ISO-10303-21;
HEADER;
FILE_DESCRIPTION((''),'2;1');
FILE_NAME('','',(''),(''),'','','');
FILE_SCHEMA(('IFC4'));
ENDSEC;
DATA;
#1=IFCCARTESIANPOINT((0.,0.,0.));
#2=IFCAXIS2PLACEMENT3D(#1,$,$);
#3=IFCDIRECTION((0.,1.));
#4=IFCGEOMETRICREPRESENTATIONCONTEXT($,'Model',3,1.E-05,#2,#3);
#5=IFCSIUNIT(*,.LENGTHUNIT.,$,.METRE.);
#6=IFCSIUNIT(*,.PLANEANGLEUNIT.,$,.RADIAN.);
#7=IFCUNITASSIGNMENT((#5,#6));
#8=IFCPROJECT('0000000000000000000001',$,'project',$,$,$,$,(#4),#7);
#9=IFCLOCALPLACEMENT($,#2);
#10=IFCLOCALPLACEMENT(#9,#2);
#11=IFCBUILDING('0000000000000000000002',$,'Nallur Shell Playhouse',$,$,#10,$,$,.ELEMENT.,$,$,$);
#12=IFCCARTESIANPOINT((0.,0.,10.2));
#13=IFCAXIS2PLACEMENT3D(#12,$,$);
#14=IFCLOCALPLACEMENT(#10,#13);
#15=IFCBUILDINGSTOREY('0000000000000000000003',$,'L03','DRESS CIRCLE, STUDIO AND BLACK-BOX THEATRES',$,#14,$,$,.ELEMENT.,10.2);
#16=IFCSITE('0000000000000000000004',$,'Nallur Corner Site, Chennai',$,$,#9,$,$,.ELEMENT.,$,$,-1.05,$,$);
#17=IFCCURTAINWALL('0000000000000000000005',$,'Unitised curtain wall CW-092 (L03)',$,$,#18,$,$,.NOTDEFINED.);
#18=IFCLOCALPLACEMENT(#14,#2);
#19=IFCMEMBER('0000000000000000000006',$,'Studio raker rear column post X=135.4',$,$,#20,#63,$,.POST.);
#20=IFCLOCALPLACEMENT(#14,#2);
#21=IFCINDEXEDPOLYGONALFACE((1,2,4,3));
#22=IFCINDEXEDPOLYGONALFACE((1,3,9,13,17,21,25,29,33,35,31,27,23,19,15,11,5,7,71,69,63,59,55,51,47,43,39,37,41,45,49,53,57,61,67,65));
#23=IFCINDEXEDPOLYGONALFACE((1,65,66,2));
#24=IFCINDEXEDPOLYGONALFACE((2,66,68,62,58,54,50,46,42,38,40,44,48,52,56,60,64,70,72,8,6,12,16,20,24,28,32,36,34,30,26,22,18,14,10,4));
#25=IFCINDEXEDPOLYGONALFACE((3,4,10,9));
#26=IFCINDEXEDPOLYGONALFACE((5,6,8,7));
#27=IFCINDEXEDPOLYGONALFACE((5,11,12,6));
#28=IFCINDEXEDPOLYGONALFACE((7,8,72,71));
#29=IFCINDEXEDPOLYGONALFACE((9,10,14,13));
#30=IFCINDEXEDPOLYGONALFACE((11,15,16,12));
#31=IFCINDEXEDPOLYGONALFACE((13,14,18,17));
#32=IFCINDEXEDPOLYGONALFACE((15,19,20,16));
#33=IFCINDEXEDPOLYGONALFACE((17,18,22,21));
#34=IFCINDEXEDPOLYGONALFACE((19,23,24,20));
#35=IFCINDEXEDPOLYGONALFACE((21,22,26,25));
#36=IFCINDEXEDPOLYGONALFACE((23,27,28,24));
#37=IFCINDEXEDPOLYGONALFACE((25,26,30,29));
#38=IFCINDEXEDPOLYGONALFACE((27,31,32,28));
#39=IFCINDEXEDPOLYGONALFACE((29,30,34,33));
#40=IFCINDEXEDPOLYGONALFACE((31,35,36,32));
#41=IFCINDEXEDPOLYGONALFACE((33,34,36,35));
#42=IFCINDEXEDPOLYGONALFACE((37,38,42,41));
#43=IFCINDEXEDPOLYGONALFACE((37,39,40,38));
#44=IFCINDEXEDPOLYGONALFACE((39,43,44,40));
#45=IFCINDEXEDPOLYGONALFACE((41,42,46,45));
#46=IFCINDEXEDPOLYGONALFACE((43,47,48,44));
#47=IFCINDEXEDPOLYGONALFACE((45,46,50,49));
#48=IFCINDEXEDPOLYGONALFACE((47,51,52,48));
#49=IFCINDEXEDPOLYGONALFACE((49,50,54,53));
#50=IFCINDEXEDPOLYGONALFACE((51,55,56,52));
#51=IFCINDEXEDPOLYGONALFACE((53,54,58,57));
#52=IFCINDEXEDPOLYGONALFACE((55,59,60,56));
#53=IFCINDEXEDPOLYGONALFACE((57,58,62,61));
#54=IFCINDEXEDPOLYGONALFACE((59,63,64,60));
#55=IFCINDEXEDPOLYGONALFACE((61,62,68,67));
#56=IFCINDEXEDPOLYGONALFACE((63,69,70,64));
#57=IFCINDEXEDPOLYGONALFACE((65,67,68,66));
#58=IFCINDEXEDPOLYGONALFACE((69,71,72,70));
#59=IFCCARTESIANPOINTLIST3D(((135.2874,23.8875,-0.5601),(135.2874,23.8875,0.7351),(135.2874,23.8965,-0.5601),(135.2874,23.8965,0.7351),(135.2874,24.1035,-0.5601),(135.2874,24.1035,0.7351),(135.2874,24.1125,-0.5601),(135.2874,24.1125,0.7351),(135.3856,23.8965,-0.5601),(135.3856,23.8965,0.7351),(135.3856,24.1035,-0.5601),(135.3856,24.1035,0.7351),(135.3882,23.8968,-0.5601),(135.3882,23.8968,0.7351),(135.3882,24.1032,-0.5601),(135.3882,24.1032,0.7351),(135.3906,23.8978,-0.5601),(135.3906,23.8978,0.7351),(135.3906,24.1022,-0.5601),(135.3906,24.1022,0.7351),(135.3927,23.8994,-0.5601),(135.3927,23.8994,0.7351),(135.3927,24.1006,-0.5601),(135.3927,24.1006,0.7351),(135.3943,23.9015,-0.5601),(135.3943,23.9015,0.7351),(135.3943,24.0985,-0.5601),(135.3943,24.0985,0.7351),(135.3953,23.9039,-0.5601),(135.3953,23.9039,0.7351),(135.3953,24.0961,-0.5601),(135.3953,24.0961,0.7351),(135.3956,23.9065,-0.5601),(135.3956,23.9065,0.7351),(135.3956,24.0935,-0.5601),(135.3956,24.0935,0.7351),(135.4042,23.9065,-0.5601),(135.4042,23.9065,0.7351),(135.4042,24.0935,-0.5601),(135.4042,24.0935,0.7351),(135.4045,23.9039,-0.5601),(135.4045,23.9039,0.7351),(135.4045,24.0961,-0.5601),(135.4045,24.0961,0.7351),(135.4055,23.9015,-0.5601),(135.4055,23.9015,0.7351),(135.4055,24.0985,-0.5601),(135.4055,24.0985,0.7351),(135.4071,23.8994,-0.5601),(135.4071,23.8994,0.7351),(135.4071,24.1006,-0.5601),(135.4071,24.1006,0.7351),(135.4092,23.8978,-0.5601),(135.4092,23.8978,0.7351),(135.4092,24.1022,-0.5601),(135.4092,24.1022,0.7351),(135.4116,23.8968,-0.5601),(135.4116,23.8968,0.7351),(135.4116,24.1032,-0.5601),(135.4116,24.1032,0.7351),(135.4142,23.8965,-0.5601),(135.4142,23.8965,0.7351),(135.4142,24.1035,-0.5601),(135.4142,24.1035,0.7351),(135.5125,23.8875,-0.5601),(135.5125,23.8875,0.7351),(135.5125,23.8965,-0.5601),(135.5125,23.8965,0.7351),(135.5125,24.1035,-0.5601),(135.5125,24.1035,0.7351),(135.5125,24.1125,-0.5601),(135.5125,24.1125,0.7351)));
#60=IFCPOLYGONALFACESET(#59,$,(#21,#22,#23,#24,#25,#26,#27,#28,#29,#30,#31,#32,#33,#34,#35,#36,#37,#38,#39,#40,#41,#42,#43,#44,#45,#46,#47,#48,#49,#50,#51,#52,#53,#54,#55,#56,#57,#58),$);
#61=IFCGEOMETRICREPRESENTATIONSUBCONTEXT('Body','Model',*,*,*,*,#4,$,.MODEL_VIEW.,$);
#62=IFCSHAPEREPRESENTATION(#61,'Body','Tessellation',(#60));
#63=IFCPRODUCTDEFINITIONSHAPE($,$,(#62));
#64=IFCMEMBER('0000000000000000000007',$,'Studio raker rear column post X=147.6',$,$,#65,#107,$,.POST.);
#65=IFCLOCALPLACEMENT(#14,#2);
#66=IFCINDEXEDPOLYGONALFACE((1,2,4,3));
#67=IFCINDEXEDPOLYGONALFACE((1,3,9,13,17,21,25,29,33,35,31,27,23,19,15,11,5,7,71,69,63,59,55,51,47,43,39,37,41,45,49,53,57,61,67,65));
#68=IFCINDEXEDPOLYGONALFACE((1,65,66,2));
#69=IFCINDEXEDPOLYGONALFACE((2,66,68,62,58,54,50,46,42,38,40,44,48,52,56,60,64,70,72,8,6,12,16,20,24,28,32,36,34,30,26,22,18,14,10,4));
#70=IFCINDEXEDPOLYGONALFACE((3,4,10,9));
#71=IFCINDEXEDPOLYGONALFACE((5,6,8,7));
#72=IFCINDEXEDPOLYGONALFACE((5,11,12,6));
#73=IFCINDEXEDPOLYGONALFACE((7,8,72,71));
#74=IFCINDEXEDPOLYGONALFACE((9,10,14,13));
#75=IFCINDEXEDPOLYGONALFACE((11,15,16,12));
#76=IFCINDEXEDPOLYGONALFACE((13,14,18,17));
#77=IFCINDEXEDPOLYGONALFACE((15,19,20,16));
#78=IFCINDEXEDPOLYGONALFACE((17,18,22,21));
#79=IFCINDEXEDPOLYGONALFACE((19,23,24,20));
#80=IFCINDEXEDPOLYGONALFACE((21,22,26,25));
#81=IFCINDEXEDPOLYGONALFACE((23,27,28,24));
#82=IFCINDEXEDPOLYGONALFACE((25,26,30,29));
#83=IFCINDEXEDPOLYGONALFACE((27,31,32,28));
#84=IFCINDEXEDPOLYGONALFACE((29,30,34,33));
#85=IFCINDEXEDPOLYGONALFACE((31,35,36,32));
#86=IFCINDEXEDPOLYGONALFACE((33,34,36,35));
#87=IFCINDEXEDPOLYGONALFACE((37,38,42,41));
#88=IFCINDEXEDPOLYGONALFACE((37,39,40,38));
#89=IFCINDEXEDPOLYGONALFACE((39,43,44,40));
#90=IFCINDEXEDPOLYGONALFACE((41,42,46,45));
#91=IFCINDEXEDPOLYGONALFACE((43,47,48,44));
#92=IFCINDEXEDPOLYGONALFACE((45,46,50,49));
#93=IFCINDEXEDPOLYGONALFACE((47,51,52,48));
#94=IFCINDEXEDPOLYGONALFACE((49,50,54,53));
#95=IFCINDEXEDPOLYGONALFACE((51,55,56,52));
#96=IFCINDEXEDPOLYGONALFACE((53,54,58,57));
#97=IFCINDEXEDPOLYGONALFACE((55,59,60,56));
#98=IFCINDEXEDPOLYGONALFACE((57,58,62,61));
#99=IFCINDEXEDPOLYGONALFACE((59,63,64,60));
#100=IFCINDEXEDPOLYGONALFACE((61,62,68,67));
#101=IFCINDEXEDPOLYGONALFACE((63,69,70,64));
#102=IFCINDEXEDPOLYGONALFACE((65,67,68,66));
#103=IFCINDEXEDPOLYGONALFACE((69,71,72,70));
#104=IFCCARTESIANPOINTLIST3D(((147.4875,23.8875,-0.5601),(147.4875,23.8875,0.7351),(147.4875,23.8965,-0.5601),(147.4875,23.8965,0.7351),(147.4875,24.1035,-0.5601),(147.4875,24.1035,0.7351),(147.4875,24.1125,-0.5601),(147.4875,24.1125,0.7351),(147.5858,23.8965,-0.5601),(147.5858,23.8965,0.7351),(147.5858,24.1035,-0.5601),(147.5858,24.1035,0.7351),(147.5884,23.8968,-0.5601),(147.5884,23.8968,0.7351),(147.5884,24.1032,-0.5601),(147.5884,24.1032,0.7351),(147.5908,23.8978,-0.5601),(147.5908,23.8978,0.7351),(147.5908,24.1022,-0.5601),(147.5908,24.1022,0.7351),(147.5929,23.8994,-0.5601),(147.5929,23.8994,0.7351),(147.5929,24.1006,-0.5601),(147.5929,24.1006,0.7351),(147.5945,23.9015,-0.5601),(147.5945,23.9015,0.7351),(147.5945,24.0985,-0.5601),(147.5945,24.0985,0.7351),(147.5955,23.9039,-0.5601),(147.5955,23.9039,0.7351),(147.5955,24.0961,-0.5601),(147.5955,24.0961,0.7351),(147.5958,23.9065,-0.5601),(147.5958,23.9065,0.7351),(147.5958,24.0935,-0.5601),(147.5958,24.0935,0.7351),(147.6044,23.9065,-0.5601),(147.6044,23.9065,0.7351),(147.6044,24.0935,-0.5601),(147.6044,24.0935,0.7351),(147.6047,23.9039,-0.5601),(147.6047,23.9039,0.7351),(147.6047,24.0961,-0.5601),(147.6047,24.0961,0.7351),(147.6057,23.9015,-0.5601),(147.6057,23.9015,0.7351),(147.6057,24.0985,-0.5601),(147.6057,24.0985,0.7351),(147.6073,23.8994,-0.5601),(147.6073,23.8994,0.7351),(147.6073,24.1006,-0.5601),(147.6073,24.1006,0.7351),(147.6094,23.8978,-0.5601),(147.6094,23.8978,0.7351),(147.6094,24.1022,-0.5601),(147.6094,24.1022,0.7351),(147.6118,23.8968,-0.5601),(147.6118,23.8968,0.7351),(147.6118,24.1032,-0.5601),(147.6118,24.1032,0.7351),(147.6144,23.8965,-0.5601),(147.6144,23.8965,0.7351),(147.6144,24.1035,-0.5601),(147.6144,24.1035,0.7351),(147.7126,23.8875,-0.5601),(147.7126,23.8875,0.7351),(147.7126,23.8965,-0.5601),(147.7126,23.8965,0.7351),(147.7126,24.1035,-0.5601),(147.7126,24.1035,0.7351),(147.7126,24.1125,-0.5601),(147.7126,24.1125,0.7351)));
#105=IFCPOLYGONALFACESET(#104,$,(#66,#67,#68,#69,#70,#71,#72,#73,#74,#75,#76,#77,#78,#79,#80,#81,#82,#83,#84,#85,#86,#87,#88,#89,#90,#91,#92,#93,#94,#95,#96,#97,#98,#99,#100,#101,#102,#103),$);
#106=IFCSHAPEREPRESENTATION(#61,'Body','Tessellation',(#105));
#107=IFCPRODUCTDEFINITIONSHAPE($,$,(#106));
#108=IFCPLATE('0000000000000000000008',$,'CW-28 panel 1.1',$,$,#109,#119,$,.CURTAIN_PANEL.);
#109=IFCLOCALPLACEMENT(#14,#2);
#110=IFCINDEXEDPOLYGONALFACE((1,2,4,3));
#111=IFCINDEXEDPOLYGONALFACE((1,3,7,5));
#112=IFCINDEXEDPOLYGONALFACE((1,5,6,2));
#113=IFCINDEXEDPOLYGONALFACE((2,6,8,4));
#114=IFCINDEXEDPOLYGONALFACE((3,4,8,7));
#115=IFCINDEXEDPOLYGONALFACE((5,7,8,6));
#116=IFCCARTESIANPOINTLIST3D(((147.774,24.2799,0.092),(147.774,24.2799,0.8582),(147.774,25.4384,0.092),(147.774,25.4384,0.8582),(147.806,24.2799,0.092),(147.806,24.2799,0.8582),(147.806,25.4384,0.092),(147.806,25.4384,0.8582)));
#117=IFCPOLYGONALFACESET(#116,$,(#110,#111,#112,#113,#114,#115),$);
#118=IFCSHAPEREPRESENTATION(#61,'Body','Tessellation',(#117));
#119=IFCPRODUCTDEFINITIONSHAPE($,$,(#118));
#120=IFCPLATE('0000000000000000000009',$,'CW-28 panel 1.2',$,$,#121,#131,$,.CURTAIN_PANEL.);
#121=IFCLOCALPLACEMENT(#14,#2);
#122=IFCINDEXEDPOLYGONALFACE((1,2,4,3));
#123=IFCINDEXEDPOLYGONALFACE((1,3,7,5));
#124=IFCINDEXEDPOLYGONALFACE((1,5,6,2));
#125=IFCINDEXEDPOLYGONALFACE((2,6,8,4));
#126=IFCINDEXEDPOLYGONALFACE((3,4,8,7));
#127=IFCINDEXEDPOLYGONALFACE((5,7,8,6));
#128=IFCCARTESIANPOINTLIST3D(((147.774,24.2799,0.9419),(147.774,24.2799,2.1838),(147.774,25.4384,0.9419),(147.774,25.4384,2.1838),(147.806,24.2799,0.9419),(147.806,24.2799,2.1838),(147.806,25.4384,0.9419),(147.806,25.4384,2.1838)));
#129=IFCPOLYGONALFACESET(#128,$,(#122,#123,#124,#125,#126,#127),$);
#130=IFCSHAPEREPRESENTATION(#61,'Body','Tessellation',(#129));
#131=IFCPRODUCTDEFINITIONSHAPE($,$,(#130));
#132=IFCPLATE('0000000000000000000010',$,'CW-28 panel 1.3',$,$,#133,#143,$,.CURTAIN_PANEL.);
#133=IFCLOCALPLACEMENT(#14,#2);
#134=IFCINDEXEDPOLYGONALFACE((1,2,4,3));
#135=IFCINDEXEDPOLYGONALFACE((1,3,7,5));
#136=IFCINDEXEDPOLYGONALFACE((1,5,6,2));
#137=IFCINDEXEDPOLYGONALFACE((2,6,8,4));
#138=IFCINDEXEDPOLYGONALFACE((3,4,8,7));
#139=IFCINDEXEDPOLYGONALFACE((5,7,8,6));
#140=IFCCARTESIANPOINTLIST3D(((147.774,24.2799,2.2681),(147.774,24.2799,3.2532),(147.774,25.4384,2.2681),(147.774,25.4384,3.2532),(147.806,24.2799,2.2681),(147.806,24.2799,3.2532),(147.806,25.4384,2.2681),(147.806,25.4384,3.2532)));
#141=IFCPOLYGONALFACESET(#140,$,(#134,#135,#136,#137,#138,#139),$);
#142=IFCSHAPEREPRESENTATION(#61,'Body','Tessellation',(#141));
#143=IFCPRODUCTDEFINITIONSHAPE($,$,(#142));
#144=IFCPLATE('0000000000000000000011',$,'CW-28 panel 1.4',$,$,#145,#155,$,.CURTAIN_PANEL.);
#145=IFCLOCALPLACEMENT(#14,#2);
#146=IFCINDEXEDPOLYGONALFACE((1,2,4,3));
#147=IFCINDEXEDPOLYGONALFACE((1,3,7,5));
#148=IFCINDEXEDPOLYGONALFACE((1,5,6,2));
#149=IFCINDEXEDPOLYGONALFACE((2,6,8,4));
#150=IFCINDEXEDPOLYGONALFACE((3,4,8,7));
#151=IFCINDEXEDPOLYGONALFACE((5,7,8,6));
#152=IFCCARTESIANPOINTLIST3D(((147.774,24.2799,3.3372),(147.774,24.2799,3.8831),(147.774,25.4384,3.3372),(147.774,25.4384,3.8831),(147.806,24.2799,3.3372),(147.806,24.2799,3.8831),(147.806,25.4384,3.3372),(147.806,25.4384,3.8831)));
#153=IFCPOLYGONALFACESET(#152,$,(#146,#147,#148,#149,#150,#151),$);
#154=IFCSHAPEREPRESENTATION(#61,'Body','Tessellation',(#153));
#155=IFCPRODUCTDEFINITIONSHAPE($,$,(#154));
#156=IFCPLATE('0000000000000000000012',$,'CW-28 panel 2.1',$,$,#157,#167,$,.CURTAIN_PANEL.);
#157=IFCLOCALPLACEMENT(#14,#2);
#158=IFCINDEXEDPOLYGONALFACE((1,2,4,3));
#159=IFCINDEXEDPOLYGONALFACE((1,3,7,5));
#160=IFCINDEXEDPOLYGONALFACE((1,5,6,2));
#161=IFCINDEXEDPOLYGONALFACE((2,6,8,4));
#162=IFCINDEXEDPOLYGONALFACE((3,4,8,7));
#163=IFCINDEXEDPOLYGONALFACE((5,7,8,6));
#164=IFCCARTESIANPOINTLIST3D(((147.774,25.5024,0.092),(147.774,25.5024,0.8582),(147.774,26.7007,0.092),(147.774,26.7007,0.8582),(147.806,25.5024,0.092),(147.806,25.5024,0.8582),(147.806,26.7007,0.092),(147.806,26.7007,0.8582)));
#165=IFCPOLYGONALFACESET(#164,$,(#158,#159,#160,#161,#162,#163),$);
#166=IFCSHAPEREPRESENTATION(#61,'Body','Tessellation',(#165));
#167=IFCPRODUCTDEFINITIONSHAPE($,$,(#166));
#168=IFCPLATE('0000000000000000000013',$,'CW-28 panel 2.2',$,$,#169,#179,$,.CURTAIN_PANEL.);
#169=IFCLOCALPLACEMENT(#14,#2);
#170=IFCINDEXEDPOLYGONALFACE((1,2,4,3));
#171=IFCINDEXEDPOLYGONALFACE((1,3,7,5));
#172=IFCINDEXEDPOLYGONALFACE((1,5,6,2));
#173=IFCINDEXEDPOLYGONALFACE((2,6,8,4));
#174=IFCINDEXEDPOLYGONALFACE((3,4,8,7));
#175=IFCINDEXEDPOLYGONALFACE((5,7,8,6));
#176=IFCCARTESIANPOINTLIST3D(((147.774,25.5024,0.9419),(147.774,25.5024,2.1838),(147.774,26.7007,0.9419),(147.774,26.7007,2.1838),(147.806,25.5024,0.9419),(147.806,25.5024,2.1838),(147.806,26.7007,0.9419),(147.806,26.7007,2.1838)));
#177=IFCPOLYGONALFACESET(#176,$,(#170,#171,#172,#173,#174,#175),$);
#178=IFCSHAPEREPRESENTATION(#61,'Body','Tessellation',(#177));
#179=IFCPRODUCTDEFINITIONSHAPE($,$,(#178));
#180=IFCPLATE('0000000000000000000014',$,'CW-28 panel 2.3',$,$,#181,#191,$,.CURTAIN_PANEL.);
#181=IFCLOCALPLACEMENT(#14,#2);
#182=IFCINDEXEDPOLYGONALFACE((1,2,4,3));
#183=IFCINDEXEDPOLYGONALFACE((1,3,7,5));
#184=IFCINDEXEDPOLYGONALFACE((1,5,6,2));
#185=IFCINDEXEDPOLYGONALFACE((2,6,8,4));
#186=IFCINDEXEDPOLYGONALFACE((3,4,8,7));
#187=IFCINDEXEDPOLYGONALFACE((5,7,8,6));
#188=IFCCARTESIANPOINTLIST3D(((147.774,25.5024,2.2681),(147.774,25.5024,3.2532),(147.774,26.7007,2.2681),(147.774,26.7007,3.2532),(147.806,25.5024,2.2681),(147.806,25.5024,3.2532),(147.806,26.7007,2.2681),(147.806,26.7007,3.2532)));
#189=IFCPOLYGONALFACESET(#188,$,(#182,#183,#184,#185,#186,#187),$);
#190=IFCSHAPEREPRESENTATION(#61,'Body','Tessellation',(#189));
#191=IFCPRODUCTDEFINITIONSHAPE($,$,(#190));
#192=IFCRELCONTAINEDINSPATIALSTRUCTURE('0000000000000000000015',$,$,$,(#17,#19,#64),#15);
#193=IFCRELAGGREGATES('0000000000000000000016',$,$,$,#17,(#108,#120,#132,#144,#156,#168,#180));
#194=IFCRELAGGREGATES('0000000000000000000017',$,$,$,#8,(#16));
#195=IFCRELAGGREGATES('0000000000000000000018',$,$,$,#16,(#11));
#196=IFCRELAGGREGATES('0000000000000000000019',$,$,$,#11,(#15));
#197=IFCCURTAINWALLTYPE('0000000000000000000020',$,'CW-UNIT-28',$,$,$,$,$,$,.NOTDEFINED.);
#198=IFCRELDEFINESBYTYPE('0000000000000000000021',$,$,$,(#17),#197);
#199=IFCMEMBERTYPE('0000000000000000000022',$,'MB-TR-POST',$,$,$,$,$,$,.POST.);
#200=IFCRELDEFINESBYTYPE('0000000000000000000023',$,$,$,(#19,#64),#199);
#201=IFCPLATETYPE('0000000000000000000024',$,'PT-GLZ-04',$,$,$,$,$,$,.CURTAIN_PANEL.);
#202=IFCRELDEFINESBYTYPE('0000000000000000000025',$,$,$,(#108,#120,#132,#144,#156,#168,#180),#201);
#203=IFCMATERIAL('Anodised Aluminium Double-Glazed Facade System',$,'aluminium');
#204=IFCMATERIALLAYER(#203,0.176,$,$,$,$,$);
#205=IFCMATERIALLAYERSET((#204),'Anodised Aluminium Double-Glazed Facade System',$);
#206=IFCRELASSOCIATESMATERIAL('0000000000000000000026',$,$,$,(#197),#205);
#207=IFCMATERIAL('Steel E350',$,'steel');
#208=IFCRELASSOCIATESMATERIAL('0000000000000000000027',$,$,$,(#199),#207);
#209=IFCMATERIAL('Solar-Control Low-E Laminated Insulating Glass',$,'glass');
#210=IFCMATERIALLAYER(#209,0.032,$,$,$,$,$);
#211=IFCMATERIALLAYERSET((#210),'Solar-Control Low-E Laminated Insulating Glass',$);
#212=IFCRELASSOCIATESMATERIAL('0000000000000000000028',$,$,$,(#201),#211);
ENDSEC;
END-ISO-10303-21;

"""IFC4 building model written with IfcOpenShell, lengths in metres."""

from ifc_helpers import new_model, si_unit, direction, frame, origin, origin_2d, place, context, subcontext, project, spatial, rectangle, i_section, extrude, material, layer, layer_set, material_profile, profile_set, type_object, element, aggregate, save


model = new_model("IFC4")

# Units and contexts
model_context = context("Model", 3, precision=1e-05, world=origin(), true_north=direction((0.0, 1.0)))
body_context = subcontext(model_context, "Body", "Model", "MODEL_VIEW")
ifc_project = project(units=[si_unit("LENGTHUNIT", "METRE"), si_unit("PLANEANGLEUNIT", "RADIAN")], contexts=[model_context])

# Site, building, storey
site_placement = place(None, origin())
site = spatial("IfcSite", under=ifc_project, at=site_placement, Name="Nallur Corner Site, Chennai", CompositionType="ELEMENT", RefElevation=-1.05)
building_placement = place(site_placement, origin())
building = spatial("IfcBuilding", under=site, at=building_placement, Name="Nallur Shell Playhouse", CompositionType="ELEMENT")
storey_placement = place(building_placement, frame((0.0, 0.0, 10.2)))
storey = spatial("IfcBuildingStorey", under=building, at=storey_placement, Name="L03", Description="DRESS CIRCLE, STUDIO AND BLACK-BOX THEATRES", CompositionType="ELEMENT", Elevation=10.2)

# Shared definitions
ifc_material_1 = material(Name="Steel E350", Category="steel")

# Curtain wall
ifc_material_2 = material(Name="Anodised Aluminium Double-Glazed Facade System", Category="aluminium")
ifc_layer_1 = layer(ifc_material_2, 0.176)
ifc_layer_set_1 = layer_set([ifc_layer_1], Name="Anodised Aluminium Double-Glazed Facade System")
curtain_wall_type_1 = type_object("IfcCurtainWallType", Name="CW-UNIT-28", PredefinedType="NOTDEFINED", material=ifc_layer_set_1)
curtain_wall_1_placement = place(storey_placement, origin())
curtain_wall_1 = element("IfcCurtainWall", 1, at=curtain_wall_1_placement, inside=storey, type_object=curtain_wall_type_1, Name="Unitised curtain wall CW-092 (L03)", PredefinedType="NOTDEFINED")

# Members
ifc_material_profile_1 = material_profile(ifc_material_1, i_section(OverallWidth=0.2251, OverallDepth=0.2251, WebThickness=0.0085, FlangeThickness=0.009, FilletRadius=0.01, at=origin_2d()), Name="ISHB 225")
ifc_profile_set_1 = profile_set([ifc_material_profile_1], Name="Steel E350")
member_type_1 = type_object("IfcMemberType", Name="MB-TR-POST", PredefinedType="POST", material=ifc_profile_set_1)
for number, where, z_axis, x_axis, name in (
    (2, (135.3999, 24.0, -0.5601), (0.0, 0.0, 1.0), (1.0, 0.0, 0.0), "Studio raker rear column post X=135.4"),
    (3, (147.6001, 24.0, -0.5601), (0.0, 0.0, 1.0), (1.0, 0.0, 0.0), "Studio raker rear column post X=147.6"),
):
    element("IfcMember", number, at=place(storey_placement, frame(where, z_axis=z_axis, x_axis=x_axis)), inside=storey, type_object=member_type_1, Name=name, PredefinedType="POST", context=body_context, shape_type="SweptSolid", body=[
        extrude(i_section(OverallWidth=0.2251, OverallDepth=0.2251, WebThickness=0.0085, FlangeThickness=0.009, FilletRadius=0.01, at=origin_2d()), origin(), (0.0, 0.0, 1.0), 1.2952),
    ])

# Plates
ifc_material_3 = material(Name="Solar-Control Low-E Laminated Insulating Glass", Category="glass")
ifc_layer_2 = layer(ifc_material_3, 0.032)
ifc_layer_set_2 = layer_set([ifc_layer_2], Name="Solar-Control Low-E Laminated Insulating Glass")
plate_type = type_object("IfcPlateType", Name="PT-GLZ-04", PredefinedType="CURTAIN_PANEL", material=ifc_layer_set_2)
plate_1_placement = place(storey_placement, frame((147.79, 24.8591, 0.092), z_axis=(0.0, 0.0, 1.0), x_axis=(0.0, 1.0, 0.0)))
plate_1 = element("IfcPlate", 4, at=plate_1_placement, type_object=plate_type, Name="CW-28 panel 1.1", PredefinedType="CURTAIN_PANEL", context=body_context, shape_type="SweptSolid", body=[
    extrude(rectangle(XDim=1.1584, YDim=0.032, at=origin_2d()), origin(), (0.0, 0.0, 1.0), 0.7661),
])
plate_2_placement = place(storey_placement, frame((147.79, 24.8591, 0.9419), z_axis=(0.0, 0.0, 1.0), x_axis=(0.0, 1.0, 0.0)))
plate_2 = element("IfcPlate", 5, at=plate_2_placement, type_object=plate_type, Name="CW-28 panel 1.2", PredefinedType="CURTAIN_PANEL", context=body_context, shape_type="SweptSolid", body=[
    extrude(rectangle(XDim=1.1584, YDim=0.032, at=origin_2d()), origin(), (0.0, 0.0, 1.0), 1.2419),
])
plate_3_placement = place(storey_placement, frame((147.79, 24.8591, 2.2681), z_axis=(0.0, 0.0, 1.0), x_axis=(0.0, 1.0, 0.0)))
plate_3 = element("IfcPlate", 6, at=plate_3_placement, type_object=plate_type, Name="CW-28 panel 1.3", PredefinedType="CURTAIN_PANEL", context=body_context, shape_type="SweptSolid", body=[
    extrude(rectangle(XDim=1.1584, YDim=0.032, at=origin_2d()), origin(), (0.0, 0.0, 1.0), 0.9851),
])
plate_4_placement = place(storey_placement, frame((147.79, 24.8591, 3.3372), z_axis=(0.0, 0.0, 1.0), x_axis=(0.0, 1.0, 0.0)))
plate_4 = element("IfcPlate", 7, at=plate_4_placement, type_object=plate_type, Name="CW-28 panel 1.4", PredefinedType="CURTAIN_PANEL", context=body_context, shape_type="SweptSolid", body=[
    extrude(rectangle(XDim=1.1584, YDim=0.032, at=origin_2d()), origin(), (0.0, 0.0, 1.0), 0.5459),
])
plate_5_placement = place(storey_placement, frame((147.79, 26.1016, 0.092), z_axis=(0.0, 0.0, 1.0), x_axis=(0.0, 1.0, 0.0)))
plate_5 = element("IfcPlate", 8, at=plate_5_placement, type_object=plate_type, Name="CW-28 panel 2.1", PredefinedType="CURTAIN_PANEL", context=body_context, shape_type="SweptSolid", body=[
    extrude(rectangle(XDim=1.1982, YDim=0.032, at=origin_2d()), origin(), (0.0, 0.0, 1.0), 0.7661),
])
plate_6_placement = place(storey_placement, frame((147.79, 26.1016, 0.9419), z_axis=(0.0, 0.0, 1.0), x_axis=(0.0, 1.0, 0.0)))
plate_6 = element("IfcPlate", 9, at=plate_6_placement, type_object=plate_type, Name="CW-28 panel 2.2", PredefinedType="CURTAIN_PANEL", context=body_context, shape_type="SweptSolid", body=[
    extrude(rectangle(XDim=1.1982, YDim=0.032, at=origin_2d()), origin(), (0.0, 0.0, 1.0), 1.2419),
])
plate_7_placement = place(storey_placement, frame((147.79, 26.1016, 2.2681), z_axis=(0.0, 0.0, 1.0), x_axis=(0.0, 1.0, 0.0)))
plate_7 = element("IfcPlate", 10, at=plate_7_placement, type_object=plate_type, Name="CW-28 panel 2.3", PredefinedType="CURTAIN_PANEL", context=body_context, shape_type="SweptSolid", body=[
    extrude(rectangle(XDim=1.1982, YDim=0.032, at=origin_2d()), origin(), (0.0, 0.0, 1.0), 0.9851),
])
aggregate(curtain_wall_1, [plate_1, plate_2, plate_3, plate_4, plate_5, plate_6, plate_7])

save(model, "model.ifc")
